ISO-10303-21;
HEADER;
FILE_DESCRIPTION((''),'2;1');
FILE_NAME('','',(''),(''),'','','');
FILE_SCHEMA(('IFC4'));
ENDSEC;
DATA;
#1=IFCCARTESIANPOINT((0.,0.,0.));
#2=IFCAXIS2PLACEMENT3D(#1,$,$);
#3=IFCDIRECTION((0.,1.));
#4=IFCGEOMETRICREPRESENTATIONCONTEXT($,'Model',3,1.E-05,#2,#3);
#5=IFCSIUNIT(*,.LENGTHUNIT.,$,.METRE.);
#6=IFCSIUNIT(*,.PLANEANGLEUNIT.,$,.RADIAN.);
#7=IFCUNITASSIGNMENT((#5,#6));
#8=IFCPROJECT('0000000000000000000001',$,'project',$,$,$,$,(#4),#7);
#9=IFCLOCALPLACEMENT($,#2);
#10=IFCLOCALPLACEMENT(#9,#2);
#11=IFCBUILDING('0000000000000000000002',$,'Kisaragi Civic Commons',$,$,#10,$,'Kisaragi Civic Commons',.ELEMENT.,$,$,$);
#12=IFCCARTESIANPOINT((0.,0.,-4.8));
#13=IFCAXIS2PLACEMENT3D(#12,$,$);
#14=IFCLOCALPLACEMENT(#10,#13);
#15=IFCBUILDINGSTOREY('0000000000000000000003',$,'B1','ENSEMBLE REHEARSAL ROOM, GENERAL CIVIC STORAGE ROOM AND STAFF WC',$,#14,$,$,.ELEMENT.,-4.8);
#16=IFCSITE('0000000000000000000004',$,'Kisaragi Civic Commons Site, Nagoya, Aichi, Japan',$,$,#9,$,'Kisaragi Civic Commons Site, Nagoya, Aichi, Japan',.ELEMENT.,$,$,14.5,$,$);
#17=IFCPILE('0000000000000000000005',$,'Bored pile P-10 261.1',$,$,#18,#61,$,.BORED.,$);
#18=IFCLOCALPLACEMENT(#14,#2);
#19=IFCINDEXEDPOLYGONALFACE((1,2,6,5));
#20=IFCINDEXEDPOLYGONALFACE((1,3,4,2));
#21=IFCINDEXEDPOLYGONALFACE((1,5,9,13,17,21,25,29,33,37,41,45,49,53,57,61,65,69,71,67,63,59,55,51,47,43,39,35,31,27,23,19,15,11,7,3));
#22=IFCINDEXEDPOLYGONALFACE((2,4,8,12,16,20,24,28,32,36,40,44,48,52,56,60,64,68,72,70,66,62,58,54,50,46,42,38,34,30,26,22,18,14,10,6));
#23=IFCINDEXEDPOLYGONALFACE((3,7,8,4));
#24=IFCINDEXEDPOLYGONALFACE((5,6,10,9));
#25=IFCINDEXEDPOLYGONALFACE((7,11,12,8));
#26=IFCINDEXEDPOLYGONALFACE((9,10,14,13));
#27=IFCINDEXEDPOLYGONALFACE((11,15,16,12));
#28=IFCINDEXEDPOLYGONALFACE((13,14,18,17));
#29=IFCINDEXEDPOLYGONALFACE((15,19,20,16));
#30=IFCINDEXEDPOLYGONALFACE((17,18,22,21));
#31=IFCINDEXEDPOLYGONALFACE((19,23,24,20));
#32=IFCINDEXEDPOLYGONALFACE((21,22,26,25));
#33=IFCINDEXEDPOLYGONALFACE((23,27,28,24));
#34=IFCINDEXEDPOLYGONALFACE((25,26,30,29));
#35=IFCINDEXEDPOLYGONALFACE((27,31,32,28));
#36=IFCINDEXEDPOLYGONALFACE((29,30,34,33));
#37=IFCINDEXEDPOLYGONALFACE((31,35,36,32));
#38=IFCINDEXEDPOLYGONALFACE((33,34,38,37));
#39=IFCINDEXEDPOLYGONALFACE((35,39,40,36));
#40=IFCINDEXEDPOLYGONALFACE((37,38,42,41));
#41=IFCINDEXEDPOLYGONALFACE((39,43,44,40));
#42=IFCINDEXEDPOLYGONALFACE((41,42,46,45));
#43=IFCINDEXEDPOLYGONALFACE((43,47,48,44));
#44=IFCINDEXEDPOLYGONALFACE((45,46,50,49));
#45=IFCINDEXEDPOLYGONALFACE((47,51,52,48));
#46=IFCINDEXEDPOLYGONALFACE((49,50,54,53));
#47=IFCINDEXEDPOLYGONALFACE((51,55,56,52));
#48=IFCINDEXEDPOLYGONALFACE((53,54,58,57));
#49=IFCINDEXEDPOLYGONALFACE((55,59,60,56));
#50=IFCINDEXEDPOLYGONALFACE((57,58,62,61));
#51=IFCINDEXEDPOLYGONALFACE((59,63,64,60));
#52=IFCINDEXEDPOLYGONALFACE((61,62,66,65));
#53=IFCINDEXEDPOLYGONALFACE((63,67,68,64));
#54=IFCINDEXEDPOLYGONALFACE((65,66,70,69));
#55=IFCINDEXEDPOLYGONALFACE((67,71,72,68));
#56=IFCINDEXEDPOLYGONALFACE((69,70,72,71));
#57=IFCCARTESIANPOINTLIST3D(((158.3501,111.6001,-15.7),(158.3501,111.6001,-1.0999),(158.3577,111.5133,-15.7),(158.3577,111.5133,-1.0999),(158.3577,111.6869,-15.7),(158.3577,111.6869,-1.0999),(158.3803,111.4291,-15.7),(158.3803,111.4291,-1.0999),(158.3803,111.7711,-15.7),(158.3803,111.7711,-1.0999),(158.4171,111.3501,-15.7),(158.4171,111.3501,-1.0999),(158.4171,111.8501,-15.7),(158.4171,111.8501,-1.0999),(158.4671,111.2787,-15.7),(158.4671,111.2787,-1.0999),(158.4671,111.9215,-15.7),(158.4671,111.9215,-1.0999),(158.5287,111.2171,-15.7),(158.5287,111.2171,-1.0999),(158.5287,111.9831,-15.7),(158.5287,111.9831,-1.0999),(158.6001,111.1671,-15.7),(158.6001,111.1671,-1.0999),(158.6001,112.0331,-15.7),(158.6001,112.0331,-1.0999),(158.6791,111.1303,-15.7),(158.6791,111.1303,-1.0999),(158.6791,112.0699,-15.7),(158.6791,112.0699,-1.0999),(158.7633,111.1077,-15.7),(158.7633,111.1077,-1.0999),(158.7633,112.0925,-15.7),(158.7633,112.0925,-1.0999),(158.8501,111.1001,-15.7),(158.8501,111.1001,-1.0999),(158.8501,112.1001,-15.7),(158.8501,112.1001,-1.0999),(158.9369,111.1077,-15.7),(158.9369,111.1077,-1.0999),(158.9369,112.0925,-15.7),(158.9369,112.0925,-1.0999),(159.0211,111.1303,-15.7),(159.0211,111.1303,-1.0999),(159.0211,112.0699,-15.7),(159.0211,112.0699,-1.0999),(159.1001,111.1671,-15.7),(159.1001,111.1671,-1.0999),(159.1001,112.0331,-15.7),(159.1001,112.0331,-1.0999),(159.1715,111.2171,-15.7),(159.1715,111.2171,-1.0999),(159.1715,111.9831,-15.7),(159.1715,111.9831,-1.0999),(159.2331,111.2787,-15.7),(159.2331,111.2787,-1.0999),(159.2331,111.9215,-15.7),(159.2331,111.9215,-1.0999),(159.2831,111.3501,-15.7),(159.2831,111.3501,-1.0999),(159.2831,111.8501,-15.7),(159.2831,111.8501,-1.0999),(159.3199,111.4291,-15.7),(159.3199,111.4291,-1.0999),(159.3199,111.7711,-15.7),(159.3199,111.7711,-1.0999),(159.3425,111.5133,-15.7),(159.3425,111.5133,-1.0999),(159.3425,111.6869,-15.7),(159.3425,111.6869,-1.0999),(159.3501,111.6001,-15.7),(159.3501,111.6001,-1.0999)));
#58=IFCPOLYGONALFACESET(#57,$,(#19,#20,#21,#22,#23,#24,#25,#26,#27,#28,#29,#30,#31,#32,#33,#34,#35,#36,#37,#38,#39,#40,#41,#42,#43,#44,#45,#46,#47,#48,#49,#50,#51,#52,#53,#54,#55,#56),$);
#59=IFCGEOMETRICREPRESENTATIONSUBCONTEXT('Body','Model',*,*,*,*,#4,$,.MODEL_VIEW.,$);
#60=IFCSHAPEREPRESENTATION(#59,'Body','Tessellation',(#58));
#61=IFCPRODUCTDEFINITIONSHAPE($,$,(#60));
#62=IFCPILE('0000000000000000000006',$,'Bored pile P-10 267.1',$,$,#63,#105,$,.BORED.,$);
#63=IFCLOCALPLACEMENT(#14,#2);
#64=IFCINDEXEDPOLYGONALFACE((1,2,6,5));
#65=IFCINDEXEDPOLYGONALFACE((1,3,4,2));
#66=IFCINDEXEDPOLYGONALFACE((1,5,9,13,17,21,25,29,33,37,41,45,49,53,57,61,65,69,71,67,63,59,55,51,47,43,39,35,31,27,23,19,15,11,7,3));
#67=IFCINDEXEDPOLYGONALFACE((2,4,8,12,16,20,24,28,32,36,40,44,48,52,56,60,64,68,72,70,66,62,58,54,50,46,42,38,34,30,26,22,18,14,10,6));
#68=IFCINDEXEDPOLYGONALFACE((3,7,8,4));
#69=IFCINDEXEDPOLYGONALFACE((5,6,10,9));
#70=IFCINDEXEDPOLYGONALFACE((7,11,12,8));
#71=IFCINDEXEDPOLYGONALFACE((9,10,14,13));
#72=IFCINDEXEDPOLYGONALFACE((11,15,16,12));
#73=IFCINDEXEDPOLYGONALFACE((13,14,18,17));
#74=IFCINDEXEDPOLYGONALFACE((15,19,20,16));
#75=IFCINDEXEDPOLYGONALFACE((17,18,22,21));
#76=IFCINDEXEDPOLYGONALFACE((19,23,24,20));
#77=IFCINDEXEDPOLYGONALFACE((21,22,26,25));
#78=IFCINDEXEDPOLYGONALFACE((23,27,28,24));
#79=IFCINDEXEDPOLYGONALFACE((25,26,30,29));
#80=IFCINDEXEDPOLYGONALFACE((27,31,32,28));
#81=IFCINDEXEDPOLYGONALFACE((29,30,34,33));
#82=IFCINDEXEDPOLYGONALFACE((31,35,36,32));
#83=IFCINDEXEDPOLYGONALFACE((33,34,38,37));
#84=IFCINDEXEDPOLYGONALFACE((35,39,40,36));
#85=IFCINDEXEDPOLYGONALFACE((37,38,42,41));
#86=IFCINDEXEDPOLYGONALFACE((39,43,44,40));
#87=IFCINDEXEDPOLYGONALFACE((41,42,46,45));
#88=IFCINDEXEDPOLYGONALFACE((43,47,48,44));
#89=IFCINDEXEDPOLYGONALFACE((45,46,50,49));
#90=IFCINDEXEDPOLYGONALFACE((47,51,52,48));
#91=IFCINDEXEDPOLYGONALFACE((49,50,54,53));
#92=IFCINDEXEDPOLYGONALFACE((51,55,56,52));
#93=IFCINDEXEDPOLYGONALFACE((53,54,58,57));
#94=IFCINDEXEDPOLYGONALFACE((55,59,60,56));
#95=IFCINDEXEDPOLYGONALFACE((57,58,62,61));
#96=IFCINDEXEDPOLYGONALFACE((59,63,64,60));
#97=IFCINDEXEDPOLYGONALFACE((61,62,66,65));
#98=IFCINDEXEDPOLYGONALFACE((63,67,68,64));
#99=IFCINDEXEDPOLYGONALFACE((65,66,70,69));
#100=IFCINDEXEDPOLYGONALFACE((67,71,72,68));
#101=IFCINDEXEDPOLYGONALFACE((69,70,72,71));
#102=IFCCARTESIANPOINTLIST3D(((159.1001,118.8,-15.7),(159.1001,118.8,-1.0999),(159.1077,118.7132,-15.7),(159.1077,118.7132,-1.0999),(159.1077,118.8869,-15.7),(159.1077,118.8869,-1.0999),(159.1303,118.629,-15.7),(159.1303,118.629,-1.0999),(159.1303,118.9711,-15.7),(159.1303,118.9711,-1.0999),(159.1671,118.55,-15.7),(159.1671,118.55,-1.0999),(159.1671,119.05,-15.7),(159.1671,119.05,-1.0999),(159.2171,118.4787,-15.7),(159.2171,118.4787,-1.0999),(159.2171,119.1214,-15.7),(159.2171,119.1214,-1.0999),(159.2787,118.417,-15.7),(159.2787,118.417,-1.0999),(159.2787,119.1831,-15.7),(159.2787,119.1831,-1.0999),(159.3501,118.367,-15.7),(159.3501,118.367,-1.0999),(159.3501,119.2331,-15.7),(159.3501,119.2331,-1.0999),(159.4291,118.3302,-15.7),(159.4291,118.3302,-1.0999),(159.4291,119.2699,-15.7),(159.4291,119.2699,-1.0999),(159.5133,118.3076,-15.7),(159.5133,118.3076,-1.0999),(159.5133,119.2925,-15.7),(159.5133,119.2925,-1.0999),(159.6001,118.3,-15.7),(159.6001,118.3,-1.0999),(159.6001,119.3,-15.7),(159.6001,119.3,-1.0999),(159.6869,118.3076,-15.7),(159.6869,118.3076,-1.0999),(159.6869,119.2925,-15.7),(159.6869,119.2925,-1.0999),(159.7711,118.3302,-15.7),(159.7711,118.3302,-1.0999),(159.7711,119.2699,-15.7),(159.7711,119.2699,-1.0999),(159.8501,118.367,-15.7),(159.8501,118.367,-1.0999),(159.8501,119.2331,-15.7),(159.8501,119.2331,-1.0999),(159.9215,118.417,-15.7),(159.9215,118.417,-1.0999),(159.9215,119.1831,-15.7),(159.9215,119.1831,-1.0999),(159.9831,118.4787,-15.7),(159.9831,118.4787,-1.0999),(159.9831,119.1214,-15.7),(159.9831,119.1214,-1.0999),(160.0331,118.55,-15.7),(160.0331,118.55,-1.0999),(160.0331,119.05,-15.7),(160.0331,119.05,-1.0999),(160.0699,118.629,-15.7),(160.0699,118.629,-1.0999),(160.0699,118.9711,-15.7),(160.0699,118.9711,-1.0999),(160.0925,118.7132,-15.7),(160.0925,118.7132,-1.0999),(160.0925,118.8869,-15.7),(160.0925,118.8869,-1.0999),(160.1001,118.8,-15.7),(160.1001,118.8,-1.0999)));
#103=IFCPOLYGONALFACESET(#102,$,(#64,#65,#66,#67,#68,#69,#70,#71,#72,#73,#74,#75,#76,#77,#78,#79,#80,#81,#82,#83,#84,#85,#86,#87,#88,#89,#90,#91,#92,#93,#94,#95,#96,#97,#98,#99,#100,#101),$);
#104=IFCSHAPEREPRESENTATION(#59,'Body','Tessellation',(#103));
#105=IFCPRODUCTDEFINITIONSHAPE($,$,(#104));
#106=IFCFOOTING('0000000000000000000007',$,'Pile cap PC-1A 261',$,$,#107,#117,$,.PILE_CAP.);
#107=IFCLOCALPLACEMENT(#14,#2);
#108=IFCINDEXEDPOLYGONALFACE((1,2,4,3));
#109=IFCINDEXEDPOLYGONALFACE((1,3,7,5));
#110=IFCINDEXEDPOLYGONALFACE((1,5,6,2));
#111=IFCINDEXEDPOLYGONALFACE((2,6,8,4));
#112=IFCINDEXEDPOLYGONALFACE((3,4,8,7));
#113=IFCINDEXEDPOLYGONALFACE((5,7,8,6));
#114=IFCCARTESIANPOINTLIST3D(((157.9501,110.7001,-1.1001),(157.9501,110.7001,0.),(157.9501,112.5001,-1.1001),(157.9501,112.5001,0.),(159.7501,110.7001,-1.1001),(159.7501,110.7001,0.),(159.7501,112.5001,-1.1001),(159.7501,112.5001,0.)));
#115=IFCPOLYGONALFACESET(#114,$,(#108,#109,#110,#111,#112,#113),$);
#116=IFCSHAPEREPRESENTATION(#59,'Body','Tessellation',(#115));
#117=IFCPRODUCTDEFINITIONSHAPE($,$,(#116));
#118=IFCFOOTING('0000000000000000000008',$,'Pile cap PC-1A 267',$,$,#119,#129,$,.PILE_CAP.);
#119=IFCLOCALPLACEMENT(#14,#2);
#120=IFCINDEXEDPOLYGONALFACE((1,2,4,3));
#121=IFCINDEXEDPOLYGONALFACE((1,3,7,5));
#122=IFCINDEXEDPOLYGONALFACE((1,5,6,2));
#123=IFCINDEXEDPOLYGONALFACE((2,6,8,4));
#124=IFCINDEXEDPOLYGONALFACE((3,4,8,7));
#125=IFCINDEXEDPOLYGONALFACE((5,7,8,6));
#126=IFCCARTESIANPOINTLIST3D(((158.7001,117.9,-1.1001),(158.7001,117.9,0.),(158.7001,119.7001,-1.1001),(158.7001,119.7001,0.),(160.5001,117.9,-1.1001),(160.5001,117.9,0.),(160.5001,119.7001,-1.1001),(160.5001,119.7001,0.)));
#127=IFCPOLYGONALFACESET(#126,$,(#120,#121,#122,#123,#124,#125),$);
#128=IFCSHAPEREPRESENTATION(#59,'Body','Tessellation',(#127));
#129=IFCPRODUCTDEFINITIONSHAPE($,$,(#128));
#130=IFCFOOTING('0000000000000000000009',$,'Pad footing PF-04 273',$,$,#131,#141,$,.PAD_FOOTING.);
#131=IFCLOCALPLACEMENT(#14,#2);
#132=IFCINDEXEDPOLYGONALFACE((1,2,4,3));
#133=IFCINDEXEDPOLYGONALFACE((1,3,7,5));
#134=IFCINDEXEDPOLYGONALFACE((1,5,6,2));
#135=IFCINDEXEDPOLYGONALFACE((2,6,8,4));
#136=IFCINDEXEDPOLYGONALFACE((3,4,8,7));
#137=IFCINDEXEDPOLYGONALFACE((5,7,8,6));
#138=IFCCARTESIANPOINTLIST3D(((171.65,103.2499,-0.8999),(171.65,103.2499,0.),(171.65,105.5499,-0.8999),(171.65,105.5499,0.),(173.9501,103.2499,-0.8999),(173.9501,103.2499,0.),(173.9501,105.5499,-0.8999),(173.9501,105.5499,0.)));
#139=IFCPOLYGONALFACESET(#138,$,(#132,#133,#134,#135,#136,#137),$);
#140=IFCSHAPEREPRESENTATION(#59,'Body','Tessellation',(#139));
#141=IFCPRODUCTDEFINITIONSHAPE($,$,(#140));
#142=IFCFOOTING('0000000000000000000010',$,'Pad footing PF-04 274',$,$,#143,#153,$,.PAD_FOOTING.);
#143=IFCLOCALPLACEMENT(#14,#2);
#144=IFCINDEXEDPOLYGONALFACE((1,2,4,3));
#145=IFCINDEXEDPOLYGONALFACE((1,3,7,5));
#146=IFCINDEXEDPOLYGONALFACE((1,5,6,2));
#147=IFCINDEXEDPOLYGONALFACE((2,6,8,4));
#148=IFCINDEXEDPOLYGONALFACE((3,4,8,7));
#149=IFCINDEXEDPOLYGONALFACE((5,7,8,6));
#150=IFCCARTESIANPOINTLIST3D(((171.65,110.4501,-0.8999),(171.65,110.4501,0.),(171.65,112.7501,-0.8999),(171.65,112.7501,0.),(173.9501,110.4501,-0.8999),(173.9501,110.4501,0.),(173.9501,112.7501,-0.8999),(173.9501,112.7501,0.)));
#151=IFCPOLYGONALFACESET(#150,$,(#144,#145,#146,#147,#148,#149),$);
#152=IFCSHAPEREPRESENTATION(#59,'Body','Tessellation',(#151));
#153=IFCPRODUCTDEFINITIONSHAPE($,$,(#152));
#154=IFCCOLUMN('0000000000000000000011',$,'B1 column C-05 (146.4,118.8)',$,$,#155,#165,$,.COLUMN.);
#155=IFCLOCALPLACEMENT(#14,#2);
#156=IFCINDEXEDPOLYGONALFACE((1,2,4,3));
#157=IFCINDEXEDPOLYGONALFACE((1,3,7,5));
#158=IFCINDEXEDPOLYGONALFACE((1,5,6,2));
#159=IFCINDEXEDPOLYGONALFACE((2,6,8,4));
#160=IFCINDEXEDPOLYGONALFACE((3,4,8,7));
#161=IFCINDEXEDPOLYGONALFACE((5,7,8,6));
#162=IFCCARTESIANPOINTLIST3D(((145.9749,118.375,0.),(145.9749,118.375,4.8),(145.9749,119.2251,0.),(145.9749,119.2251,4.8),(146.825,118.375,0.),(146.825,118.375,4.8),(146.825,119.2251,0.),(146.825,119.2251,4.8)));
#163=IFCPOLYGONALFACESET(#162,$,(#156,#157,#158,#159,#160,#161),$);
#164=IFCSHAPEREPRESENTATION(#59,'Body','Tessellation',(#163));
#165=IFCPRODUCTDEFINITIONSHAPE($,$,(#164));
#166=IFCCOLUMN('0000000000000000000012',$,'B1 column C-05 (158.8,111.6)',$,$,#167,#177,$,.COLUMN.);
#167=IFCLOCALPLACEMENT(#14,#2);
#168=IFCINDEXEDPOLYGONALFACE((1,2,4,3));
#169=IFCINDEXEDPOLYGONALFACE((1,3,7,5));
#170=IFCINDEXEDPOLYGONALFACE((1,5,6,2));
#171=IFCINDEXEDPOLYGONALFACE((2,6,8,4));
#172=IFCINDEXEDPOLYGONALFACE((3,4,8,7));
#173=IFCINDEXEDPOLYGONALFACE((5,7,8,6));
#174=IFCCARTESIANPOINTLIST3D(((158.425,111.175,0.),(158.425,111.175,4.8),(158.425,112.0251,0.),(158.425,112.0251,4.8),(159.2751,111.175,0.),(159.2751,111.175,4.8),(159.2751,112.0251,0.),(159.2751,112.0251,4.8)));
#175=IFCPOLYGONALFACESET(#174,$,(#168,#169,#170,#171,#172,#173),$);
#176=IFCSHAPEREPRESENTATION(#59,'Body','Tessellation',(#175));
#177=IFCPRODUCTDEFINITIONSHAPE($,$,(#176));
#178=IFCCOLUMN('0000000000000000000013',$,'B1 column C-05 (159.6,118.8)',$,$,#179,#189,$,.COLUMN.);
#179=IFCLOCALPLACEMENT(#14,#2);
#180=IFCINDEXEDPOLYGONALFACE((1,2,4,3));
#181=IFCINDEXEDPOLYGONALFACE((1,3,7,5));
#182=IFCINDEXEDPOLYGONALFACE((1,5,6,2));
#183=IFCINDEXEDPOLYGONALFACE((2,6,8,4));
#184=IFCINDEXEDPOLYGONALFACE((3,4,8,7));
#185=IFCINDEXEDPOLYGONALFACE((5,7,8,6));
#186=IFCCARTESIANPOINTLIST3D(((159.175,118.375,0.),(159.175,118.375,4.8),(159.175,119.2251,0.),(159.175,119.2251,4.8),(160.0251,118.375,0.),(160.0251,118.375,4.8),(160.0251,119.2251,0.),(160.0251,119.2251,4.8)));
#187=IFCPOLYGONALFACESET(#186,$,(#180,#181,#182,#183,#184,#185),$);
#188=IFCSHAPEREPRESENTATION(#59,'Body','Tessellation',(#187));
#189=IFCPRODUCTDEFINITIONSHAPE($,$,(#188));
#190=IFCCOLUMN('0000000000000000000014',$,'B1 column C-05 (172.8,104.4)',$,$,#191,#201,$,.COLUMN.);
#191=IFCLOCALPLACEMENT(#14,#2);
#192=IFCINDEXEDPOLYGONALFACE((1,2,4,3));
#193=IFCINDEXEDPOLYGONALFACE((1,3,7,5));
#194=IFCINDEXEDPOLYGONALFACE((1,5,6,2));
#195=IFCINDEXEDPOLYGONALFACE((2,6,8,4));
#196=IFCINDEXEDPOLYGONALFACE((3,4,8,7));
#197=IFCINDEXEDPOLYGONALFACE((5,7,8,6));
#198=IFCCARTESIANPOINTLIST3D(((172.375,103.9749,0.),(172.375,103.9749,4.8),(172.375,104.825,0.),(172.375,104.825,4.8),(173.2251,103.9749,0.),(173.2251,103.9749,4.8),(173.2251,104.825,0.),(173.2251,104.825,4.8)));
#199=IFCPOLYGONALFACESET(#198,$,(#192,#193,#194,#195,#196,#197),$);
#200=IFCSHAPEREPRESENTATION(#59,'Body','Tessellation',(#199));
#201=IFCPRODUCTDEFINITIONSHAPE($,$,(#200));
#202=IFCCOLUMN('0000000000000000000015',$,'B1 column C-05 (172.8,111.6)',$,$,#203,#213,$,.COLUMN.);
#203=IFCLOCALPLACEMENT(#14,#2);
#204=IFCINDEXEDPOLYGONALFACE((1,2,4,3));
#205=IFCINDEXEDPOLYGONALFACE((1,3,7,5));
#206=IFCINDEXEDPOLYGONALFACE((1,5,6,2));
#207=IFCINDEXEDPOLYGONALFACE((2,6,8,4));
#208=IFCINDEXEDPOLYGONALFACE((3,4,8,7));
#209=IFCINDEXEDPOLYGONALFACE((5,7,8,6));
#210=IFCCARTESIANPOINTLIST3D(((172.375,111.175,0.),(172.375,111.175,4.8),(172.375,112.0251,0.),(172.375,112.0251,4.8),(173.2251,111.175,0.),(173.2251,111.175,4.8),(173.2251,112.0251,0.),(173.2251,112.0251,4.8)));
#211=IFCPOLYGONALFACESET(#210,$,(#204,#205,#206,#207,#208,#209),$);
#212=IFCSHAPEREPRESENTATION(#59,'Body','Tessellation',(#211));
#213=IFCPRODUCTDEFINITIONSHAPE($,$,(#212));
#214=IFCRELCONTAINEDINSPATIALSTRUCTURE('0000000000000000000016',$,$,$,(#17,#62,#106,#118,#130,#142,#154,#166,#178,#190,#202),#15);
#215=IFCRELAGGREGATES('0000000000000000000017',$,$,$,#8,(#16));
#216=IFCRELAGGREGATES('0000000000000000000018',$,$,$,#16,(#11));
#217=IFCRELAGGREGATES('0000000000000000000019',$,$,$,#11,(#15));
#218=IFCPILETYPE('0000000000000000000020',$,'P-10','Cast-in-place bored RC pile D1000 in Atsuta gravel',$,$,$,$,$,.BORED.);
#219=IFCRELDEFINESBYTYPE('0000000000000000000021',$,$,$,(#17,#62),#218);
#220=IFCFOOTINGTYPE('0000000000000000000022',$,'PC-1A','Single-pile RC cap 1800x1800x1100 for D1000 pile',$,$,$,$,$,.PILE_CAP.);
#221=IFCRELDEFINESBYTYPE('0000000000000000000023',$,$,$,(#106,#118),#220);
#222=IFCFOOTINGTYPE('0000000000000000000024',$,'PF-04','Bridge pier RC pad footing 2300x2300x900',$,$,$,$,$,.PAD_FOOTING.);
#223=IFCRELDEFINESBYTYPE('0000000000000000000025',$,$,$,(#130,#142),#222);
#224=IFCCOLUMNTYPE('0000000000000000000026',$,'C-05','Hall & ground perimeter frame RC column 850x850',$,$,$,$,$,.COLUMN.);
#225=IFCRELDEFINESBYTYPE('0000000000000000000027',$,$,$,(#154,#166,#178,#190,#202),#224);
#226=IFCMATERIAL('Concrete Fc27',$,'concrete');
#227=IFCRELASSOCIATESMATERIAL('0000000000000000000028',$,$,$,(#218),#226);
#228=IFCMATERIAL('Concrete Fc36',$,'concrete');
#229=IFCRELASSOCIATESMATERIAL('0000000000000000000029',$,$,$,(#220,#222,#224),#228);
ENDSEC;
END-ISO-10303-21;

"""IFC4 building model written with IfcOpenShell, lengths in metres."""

from ifc_helpers import new_model, si_unit, direction, frame, origin, origin_2d, place, context, subcontext, project, spatial, rectangle, circle, extrude, material, material_profile, profile_set, type_object, element, save


model = new_model("IFC4")

# Units and contexts
model_context = context("Model", 3, precision=1e-05, world=origin(), true_north=direction((0.0, 1.0)))
body_context = subcontext(model_context, "Body", "Model", "MODEL_VIEW")
ifc_project = project(units=[si_unit("LENGTHUNIT", "METRE"), si_unit("PLANEANGLEUNIT", "RADIAN")], contexts=[model_context])

# Site, building, storey
site_placement = place(None, origin())
site = spatial("IfcSite", under=ifc_project, at=site_placement, Name="Kisaragi Civic Commons Site, Nagoya, Aichi, Japan", LongName="Kisaragi Civic Commons Site, Nagoya, Aichi, Japan", CompositionType="ELEMENT", RefElevation=14.5)
building_placement = place(site_placement, origin())
building = spatial("IfcBuilding", under=site, at=building_placement, Name="Kisaragi Civic Commons", LongName="Kisaragi Civic Commons", CompositionType="ELEMENT")
storey_placement = place(building_placement, frame((0.0, 0.0, -4.8)))
storey = spatial("IfcBuildingStorey", under=building, at=storey_placement, Name="B1", Description="ENSEMBLE REHEARSAL ROOM, GENERAL CIVIC STORAGE ROOM AND STAFF WC", CompositionType="ELEMENT", Elevation=-4.8)

# Shared definitions
ifc_material_1 = material(Name="Concrete Fc27", Category="concrete")

# Piles
ifc_material_profile_1 = material_profile(ifc_material_1, circle(Radius=0.5, at=origin_2d()), Name="PILE-D1000", Category="concrete")
ifc_profile_set_1 = profile_set([ifc_material_profile_1], Name="Concrete Fc27")
pile_type_1 = type_object("IfcPileType", Name="P-10", Description="Cast-in-place bored RC pile D1000 in Atsuta gravel", PredefinedType="BORED", material=ifc_profile_set_1)
for number, where, z_axis, x_axis, name in (
    (1, (158.8501, 111.6001, -1.0999), (0.0, 0.0, -1.0), (1.0, 0.0, 0.0), "Bored pile P-10 261.1"),
    (2, (159.6001, 118.8, -1.0999), (0.0, 0.0, -1.0), (1.0, 0.0, 0.0), "Bored pile P-10 267.1"),
):
    element("IfcPile", number, at=place(storey_placement, frame(where, z_axis=z_axis, x_axis=x_axis)), inside=storey, type_object=pile_type_1, Name=name, PredefinedType="BORED", context=body_context, shape_type="SweptSolid", body=[
        extrude(circle(Radius=0.5, at=origin_2d()), origin(), (0.0, 0.0, 1.0), 14.6001),
    ])

# Footings
ifc_material_2 = material(Name="Concrete Fc36", Category="concrete")
footing_type_1 = type_object("IfcFootingType", Name="PC-1A", Description="Single-pile RC cap 1800x1800x1100 for D1000 pile", PredefinedType="PILE_CAP", material=ifc_material_2)
for number, where, z_axis, x_axis, name in (
    (3, (158.8501, 111.6001, -1.1001), (0.0, 0.0, 1.0), (1.0, 0.0, 0.0), "Pile cap PC-1A 261"),
    (4, (159.6001, 118.8, -1.1001), (0.0, 0.0, 1.0), (1.0, 0.0, 0.0), "Pile cap PC-1A 267"),
):
    element("IfcFooting", number, at=place(storey_placement, frame(where, z_axis=z_axis, x_axis=x_axis)), inside=storey, type_object=footing_type_1, Name=name, PredefinedType="PILE_CAP", context=body_context, shape_type="SweptSolid", body=[
        extrude(rectangle(XDim=1.8, YDim=1.8, at=origin_2d()), origin(), (0.0, 0.0, 1.0), 1.1001),
    ])
footing_type_2 = type_object("IfcFootingType", Name="PF-04", Description="Bridge pier RC pad footing 2300x2300x900", PredefinedType="PAD_FOOTING", material=ifc_material_2)
for number, where, z_axis, x_axis, name in (
    (5, (172.8, 104.3999, -0.8999), (0.0, 0.0, 1.0), (1.0, 0.0, 0.0), "Pad footing PF-04 273"),
    (6, (172.8, 111.6001, -0.8999), (0.0, 0.0, 1.0), (1.0, 0.0, 0.0), "Pad footing PF-04 274"),
):
    element("IfcFooting", number, at=place(storey_placement, frame(where, z_axis=z_axis, x_axis=x_axis)), inside=storey, type_object=footing_type_2, Name=name, PredefinedType="PAD_FOOTING", context=body_context, shape_type="SweptSolid", body=[
        extrude(rectangle(XDim=2.3, YDim=2.3, at=origin_2d()), origin(), (0.0, 0.0, 1.0), 0.8999),
    ])

# Columns
ifc_material_profile_2 = material_profile(ifc_material_2, rectangle(XDim=0.8501, YDim=0.8501, at=origin_2d()), Name="RC-850x850", Category="concrete")
ifc_profile_set_2 = profile_set([ifc_material_profile_2], Name="Concrete Fc36")
column_type = type_object("IfcColumnType", Name="C-05", Description="Hall & ground perimeter frame RC column 850x850", PredefinedType="COLUMN", material=ifc_profile_set_2)
for number, where, z_axis, x_axis, name in (
    (7, (146.3999, 118.8, 0.0), (0.0, 0.0, 1.0), (1.0, 0.0, 0.0), "B1 column C-05 (146.4,118.8)"),
    (8, (158.8501, 111.6001, 0.0), (0.0, 0.0, 1.0), (1.0, 0.0, 0.0), "B1 column C-05 (158.8,111.6)"),
    (9, (159.6001, 118.8, 0.0), (0.0, 0.0, 1.0), (1.0, 0.0, 0.0), "B1 column C-05 (159.6,118.8)"),
    (10, (172.8, 104.3999, 0.0), (0.0, 0.0, 1.0), (1.0, 0.0, 0.0), "B1 column C-05 (172.8,104.4)"),
    (11, (172.8, 111.6001, 0.0), (0.0, 0.0, 1.0), (1.0, 0.0, 0.0), "B1 column C-05 (172.8,111.6)"),
):
    element("IfcColumn", number, at=place(storey_placement, frame(where, z_axis=z_axis, x_axis=x_axis)), inside=storey, type_object=column_type, Name=name, PredefinedType="COLUMN", context=body_context, shape_type="SweptSolid", body=[
        extrude(rectangle(XDim=0.8501, YDim=0.8501, at=origin_2d()), origin(), (0.0, 0.0, 1.0), 4.8),
    ])

save(model, "model.ifc")
